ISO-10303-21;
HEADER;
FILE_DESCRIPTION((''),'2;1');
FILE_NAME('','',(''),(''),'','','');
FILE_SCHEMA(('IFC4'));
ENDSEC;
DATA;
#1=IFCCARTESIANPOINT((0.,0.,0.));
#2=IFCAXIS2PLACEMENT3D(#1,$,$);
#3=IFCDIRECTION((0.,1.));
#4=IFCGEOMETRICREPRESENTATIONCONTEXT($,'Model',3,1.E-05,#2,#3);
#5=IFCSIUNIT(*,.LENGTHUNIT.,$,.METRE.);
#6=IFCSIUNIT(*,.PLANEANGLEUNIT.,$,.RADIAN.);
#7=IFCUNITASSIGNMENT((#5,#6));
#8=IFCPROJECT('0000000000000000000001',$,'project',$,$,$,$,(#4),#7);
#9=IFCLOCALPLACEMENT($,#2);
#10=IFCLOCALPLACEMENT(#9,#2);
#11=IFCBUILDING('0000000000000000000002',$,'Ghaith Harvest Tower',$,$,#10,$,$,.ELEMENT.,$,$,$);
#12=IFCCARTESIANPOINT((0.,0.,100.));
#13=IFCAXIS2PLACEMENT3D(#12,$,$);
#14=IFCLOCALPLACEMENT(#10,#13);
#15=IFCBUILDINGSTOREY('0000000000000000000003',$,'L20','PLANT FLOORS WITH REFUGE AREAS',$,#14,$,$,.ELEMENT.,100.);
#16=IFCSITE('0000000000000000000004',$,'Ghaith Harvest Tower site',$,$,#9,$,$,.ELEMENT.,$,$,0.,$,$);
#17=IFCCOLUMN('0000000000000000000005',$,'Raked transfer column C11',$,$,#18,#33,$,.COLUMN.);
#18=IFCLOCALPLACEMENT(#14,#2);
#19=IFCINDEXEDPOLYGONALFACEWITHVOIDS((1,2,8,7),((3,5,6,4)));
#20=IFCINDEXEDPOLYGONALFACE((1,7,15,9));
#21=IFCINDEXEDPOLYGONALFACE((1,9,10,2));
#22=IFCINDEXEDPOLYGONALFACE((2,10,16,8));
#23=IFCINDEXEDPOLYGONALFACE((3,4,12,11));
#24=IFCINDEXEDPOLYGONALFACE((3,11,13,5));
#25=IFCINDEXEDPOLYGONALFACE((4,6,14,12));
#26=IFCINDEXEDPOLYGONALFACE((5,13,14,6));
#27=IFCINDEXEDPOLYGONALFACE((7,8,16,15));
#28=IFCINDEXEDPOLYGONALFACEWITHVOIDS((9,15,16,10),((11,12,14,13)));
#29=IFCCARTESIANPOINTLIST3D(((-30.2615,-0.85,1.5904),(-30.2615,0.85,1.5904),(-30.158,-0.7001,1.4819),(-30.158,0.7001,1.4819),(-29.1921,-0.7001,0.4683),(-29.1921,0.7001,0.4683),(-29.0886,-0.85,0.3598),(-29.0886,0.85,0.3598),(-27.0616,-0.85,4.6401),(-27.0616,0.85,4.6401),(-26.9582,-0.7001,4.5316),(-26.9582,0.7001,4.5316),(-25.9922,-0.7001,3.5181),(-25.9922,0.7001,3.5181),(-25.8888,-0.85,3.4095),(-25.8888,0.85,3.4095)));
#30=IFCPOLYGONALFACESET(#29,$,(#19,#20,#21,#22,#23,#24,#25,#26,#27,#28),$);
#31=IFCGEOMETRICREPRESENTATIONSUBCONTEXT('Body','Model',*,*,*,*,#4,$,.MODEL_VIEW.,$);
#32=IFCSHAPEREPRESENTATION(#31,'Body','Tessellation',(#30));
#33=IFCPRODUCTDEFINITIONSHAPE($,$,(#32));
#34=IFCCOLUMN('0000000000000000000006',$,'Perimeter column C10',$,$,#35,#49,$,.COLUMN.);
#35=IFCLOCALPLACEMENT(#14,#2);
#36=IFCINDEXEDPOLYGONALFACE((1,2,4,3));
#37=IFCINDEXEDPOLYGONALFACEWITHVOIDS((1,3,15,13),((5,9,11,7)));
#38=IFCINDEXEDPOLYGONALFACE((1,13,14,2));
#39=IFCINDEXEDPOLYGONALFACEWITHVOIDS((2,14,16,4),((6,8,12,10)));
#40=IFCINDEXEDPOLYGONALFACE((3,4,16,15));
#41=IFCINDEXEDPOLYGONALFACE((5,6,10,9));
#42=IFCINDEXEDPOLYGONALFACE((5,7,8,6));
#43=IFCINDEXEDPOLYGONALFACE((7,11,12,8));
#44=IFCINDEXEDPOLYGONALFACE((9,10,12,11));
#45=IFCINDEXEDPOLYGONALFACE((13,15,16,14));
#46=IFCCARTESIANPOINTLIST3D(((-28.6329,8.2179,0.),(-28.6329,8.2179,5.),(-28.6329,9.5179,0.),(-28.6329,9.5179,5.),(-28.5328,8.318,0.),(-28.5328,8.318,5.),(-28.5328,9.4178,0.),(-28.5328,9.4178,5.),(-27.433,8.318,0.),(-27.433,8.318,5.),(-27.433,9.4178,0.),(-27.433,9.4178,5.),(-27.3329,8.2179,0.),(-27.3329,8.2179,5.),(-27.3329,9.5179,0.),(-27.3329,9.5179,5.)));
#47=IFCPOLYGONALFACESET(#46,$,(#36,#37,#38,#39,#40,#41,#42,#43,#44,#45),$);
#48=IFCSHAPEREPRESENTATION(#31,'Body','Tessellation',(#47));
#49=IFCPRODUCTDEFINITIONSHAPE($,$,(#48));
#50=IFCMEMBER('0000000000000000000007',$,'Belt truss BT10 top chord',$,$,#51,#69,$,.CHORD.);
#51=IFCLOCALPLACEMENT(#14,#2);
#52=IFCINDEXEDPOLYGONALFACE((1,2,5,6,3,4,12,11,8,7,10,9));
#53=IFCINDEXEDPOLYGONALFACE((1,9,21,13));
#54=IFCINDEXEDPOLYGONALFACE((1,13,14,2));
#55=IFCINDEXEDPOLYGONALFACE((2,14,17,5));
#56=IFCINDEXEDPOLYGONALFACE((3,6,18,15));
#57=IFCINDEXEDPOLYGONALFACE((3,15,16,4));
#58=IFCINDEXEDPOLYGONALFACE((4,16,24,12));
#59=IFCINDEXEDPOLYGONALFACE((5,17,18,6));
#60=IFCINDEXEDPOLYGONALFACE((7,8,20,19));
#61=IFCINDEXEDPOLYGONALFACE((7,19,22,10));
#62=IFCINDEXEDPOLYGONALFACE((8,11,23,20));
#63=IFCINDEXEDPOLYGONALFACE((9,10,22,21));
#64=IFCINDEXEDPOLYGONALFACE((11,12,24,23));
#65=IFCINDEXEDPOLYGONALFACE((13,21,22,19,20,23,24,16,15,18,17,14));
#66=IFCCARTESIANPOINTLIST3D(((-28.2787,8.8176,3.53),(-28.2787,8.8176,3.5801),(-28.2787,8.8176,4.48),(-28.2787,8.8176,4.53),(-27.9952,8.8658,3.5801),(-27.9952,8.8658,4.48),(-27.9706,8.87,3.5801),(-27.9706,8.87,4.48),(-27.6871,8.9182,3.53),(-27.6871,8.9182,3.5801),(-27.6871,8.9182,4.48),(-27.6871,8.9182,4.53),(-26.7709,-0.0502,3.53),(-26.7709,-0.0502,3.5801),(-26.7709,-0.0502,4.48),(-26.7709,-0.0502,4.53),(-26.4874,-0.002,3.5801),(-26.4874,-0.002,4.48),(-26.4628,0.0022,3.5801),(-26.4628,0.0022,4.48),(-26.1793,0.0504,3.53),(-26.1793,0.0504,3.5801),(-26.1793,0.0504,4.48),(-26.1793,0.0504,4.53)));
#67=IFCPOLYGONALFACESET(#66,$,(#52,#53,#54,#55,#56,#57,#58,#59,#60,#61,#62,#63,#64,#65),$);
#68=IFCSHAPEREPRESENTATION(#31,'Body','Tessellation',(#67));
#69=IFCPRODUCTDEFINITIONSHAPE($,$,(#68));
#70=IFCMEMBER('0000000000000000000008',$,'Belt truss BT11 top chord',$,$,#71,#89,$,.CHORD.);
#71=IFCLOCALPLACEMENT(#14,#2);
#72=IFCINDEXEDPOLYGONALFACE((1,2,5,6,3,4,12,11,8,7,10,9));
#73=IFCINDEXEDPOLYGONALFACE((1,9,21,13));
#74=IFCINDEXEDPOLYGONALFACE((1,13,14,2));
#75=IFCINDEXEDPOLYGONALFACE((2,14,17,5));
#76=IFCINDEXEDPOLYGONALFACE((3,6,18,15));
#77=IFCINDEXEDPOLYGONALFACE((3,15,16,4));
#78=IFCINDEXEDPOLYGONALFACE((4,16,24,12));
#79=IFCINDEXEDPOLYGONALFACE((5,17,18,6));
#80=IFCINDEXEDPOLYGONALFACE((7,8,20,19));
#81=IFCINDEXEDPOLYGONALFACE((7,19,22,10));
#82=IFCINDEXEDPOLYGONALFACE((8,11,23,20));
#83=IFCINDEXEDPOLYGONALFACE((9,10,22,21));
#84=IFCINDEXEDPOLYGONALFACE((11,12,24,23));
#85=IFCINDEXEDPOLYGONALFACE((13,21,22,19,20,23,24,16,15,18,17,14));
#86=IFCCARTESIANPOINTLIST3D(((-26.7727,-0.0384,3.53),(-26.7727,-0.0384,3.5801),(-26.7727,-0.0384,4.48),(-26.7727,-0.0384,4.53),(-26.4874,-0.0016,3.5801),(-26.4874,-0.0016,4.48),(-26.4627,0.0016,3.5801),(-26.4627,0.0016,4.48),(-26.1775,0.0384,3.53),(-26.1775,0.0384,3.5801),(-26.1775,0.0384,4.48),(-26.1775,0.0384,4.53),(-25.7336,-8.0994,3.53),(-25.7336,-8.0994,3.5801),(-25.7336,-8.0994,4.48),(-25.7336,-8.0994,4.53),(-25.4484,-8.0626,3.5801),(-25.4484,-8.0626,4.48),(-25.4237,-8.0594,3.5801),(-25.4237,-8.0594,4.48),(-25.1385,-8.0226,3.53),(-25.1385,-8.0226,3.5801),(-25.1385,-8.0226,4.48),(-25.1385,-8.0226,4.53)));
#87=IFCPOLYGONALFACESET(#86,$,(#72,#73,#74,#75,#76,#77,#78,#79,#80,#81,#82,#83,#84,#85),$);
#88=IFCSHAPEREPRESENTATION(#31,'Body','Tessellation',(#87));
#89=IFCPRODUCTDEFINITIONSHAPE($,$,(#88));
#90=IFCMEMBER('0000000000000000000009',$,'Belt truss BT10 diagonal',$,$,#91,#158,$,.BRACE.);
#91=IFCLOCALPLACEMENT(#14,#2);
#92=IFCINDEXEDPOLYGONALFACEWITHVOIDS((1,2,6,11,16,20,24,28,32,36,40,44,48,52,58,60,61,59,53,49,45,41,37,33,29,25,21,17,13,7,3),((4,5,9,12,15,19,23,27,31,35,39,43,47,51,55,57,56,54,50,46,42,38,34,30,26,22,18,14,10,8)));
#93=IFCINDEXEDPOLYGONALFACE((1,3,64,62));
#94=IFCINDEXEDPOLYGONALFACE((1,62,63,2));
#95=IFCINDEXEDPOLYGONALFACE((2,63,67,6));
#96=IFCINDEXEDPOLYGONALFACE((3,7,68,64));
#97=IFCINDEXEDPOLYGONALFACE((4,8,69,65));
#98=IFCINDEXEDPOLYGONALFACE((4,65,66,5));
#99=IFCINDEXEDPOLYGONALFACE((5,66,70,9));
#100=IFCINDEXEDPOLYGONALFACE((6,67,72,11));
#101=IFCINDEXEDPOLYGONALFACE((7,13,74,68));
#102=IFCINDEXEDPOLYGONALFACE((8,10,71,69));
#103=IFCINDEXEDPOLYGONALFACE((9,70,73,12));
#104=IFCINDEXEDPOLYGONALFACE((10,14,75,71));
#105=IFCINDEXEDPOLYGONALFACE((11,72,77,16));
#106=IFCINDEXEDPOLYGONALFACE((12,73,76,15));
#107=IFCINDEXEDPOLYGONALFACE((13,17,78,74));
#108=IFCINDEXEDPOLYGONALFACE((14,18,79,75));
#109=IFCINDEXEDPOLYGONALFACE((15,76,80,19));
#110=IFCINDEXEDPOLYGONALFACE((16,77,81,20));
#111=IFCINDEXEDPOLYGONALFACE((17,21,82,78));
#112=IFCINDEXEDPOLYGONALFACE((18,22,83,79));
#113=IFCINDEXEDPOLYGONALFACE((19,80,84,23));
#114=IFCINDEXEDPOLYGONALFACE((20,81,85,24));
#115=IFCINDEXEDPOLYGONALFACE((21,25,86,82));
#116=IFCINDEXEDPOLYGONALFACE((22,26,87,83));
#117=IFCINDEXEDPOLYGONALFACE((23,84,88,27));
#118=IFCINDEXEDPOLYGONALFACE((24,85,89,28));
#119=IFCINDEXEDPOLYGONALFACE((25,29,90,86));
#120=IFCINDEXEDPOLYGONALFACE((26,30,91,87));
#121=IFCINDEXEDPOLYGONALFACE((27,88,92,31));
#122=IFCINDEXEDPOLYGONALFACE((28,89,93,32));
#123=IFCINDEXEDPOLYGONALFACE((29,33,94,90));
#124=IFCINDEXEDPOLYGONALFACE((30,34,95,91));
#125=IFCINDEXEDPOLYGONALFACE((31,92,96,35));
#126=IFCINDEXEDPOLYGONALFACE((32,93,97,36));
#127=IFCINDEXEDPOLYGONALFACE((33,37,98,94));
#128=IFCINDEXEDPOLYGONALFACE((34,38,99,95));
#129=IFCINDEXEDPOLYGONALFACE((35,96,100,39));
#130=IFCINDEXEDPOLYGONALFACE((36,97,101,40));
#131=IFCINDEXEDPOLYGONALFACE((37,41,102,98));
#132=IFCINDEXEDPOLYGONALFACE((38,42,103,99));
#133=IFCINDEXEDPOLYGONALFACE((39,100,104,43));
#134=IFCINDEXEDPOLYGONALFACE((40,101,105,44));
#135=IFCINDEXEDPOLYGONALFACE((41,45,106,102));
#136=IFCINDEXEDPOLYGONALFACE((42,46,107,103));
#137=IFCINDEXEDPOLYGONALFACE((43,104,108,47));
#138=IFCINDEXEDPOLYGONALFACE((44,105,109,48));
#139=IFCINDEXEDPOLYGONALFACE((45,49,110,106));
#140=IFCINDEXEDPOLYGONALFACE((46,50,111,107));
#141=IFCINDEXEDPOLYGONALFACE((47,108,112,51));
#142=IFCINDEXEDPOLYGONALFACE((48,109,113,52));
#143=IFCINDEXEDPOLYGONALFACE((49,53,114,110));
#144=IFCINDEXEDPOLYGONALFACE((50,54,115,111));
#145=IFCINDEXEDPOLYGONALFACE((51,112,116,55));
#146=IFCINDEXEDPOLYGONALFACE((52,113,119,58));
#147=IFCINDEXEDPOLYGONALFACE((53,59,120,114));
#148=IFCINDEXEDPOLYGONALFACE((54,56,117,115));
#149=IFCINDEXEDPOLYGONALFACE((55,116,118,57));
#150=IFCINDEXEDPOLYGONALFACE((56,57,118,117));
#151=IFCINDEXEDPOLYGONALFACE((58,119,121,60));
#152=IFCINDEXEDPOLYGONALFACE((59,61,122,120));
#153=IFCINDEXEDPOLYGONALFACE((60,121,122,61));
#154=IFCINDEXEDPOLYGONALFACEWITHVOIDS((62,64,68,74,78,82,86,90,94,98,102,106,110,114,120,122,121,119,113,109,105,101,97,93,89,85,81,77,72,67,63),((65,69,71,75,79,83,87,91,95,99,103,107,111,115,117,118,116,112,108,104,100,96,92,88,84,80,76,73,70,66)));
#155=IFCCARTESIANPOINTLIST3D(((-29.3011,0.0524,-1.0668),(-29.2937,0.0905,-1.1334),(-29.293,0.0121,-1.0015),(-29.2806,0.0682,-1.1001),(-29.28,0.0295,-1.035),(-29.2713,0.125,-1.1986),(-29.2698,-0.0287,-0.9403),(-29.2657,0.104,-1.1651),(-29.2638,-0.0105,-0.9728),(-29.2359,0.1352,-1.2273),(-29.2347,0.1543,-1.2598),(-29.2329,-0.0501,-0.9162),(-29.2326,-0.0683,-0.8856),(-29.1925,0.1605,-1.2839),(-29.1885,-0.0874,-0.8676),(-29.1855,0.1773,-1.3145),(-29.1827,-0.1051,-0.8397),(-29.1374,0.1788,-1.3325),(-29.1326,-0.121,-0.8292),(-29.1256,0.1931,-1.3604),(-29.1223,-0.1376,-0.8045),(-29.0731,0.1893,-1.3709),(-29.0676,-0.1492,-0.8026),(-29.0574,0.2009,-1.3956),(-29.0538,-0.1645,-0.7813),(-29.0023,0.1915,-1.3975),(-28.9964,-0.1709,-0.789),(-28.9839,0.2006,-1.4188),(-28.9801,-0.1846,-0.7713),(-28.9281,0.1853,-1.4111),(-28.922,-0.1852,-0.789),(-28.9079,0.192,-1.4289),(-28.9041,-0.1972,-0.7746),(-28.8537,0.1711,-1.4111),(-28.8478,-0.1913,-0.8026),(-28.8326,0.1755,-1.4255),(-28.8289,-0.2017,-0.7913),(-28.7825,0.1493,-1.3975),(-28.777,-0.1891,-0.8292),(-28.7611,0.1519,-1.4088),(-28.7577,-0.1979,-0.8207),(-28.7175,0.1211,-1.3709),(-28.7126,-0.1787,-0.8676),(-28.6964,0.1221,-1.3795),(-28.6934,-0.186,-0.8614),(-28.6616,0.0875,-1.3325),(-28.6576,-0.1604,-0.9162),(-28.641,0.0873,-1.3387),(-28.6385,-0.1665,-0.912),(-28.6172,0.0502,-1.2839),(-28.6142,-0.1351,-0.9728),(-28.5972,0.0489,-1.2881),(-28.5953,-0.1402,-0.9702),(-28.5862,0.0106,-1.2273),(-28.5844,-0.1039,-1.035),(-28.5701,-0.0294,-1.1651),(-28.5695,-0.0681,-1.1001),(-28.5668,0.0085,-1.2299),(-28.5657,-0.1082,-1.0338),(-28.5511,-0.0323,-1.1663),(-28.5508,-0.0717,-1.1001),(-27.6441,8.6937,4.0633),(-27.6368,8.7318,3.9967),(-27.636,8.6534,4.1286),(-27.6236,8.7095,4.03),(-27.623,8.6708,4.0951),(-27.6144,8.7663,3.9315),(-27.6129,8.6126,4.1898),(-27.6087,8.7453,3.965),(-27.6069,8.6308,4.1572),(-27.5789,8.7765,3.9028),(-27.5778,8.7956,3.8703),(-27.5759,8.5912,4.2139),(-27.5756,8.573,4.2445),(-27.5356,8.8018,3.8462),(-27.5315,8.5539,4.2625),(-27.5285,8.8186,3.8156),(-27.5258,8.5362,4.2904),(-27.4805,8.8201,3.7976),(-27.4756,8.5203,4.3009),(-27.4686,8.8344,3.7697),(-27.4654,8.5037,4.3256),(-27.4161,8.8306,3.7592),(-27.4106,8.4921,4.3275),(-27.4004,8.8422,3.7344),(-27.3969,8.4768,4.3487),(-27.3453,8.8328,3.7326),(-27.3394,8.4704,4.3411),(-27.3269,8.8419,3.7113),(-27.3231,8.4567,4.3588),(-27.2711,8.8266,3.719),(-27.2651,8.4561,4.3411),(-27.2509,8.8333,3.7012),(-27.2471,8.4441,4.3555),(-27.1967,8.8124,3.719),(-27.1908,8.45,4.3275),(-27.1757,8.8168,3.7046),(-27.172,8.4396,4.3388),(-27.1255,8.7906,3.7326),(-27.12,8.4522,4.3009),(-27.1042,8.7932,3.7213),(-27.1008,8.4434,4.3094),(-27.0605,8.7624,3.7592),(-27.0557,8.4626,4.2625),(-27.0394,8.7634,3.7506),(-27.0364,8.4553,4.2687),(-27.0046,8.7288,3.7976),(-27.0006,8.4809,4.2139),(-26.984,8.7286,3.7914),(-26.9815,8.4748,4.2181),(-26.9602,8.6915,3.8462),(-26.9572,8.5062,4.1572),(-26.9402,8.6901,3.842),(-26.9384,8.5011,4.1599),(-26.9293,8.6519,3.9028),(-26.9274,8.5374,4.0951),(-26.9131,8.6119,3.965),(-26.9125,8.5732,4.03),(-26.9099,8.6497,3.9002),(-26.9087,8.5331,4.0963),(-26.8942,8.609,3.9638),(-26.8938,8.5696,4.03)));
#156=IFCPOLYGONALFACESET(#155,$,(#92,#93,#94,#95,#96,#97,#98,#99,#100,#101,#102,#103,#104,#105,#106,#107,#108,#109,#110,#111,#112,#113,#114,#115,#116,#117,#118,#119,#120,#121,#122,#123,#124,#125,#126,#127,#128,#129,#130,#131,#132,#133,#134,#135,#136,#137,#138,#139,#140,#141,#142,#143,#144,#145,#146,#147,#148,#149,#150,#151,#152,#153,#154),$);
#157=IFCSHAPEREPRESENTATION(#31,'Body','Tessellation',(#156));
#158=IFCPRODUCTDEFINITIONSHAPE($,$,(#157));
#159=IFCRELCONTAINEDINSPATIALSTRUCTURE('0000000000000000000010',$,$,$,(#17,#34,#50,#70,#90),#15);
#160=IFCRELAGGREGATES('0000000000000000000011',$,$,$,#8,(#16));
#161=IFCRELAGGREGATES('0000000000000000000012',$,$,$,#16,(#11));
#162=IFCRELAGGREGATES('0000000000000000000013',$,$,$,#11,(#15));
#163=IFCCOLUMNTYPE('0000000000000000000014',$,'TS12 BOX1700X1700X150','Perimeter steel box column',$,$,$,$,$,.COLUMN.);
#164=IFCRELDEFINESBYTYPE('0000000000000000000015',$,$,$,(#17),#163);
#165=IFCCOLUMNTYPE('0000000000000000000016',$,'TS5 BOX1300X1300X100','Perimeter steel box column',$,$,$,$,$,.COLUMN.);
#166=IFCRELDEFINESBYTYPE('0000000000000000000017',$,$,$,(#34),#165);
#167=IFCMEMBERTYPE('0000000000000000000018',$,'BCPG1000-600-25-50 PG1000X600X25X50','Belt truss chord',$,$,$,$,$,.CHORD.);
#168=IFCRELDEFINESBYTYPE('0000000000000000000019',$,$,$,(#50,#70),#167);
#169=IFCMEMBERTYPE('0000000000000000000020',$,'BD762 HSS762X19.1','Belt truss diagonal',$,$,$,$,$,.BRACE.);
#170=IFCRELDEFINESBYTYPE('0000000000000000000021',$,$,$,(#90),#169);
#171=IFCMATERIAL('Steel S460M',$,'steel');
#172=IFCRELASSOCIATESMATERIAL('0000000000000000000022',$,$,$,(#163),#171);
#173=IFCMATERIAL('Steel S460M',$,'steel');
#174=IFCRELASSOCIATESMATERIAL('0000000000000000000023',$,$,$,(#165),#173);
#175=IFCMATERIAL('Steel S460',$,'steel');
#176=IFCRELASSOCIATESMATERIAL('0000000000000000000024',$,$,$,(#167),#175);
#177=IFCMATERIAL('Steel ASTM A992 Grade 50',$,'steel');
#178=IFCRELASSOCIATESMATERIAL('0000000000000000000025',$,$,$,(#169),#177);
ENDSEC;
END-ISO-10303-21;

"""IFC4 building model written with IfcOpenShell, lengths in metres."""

from ifc_helpers import new_model, si_unit, direction, frame, origin, origin_2d, place, context, subcontext, project, spatial, hollow_rectangle, hollow_circle, i_section, extrude, material, material_profile, profile_set, type_object, element, save


model = new_model("IFC4")

# Units and contexts
model_context = context("Model", 3, precision=1e-05, world=origin(), true_north=direction((0.0, 1.0)))
body_context = subcontext(model_context, "Body", "Model", "MODEL_VIEW")
ifc_project = project(units=[si_unit("LENGTHUNIT", "METRE"), si_unit("PLANEANGLEUNIT", "RADIAN")], contexts=[model_context])

# Site, building, storey
site_placement = place(None, origin())
site = spatial("IfcSite", under=ifc_project, at=site_placement, Name="Ghaith Harvest Tower site", CompositionType="ELEMENT", RefElevation=0.0)
building_placement = place(site_placement, origin())
building = spatial("IfcBuilding", under=site, at=building_placement, Name="Ghaith Harvest Tower", CompositionType="ELEMENT")
storey_placement = place(building_placement, frame((0.0, 0.0, 100.0)))
storey = spatial("IfcBuildingStorey", under=building, at=storey_placement, Name="L20", Description="PLANT FLOORS WITH REFUGE AREAS", CompositionType="ELEMENT", Elevation=100.0)

# Columns
ifc_material_1 = material(Name="Steel S460M", Category="steel")
ifc_material_profile_1 = material_profile(ifc_material_1, hollow_rectangle(XDim=1.7, YDim=1.7, WallThickness=0.1499, at=origin_2d()), Name="BOX1700X1700X150")
ifc_profile_set_1 = profile_set([ifc_material_profile_1], Name="Steel S460M")
column_type_1 = type_object("IfcColumnType", Name="TS12 BOX1700X1700X150", Description="Perimeter steel box column", PredefinedType="COLUMN", material=ifc_profile_set_1)
column_1_placement = place(storey_placement, frame((-29.675, 0.0, 0.9751), z_axis=(0.723886, 0.0, 0.68992), x_axis=(0.0, 1.0, 0.0)))
element("IfcColumn", 1, at=column_1_placement, inside=storey, type_object=column_type_1, Name="Raked transfer column C11", PredefinedType="COLUMN", context=body_context, shape_type="SweptSolid", body=[
    extrude(hollow_rectangle(XDim=1.7, YDim=1.7, WallThickness=0.1499, at=origin_2d()), origin(), (0.0, 0.0, 1.0), 4.4204),
])
ifc_material_2 = material(Name="Steel S460M", Category="steel")
ifc_material_profile_2 = material_profile(ifc_material_2, hollow_rectangle(XDim=1.3, YDim=1.3, WallThickness=0.1001, at=origin_2d()), Name="BOX1300X1300X100")
ifc_profile_set_2 = profile_set([ifc_material_profile_2], Name="Steel S460M")
column_type_2 = type_object("IfcColumnType", Name="TS5 BOX1300X1300X100", Description="Perimeter steel box column", PredefinedType="COLUMN", material=ifc_profile_set_2)
column_2_placement = place(storey_placement, frame((-27.9829, 8.8679, 0.0), z_axis=(0.0, 0.0, 1.0), x_axis=(1.0, 0.0, 0.0)))
element("IfcColumn", 2, at=column_2_placement, inside=storey, type_object=column_type_2, Name="Perimeter column C10", PredefinedType="COLUMN", context=body_context, shape_type="SweptSolid", body=[
    extrude(hollow_rectangle(XDim=1.3, YDim=1.3, WallThickness=0.1001, at=origin_2d()), origin(), (0.0, 0.0, 1.0), 5.0),
])

# Members
ifc_material_3 = material(Name="Steel S460", Category="steel")
ifc_material_profile_3 = material_profile(ifc_material_3, i_section(OverallWidth=0.6001, OverallDepth=1.0, WebThickness=0.0249, FlangeThickness=0.05, at=origin_2d()), Name="PG1000X600X25X50")
ifc_profile_set_3 = profile_set([ifc_material_profile_3], Name="Steel S460")
member_type_1 = type_object("IfcMemberType", Name="BCPG1000-600-25-50 PG1000X600X25X50", Description="Belt truss chord", PredefinedType="CHORD", material=ifc_profile_set_3)
member_1_placement = place(storey_placement, frame((-27.9829, 8.8679, 4.03), z_axis=(0.167624, -0.985851, 0.0), x_axis=(0.985851, 0.167624, 0.0)))
element("IfcMember", 3, at=member_1_placement, inside=storey, type_object=member_type_1, Name="Belt truss BT10 top chord", PredefinedType="CHORD", context=body_context, shape_type="SweptSolid", body=[
    extrude(i_section(OverallWidth=0.6001, OverallDepth=1.0, WebThickness=0.0249, FlangeThickness=0.05, at=origin_2d()), origin(), (0.0, 0.0, 1.0), 8.9951),
])
member_2_placement = place(storey_placement, frame((-26.4751, 0.0, 4.03), z_axis=(0.127842, -0.991795, 0.0), x_axis=(0.991795, 0.127842, 0.0)))
element("IfcMember", 4, at=member_2_placement, inside=storey, type_object=member_type_1, Name="Belt truss BT11 top chord", PredefinedType="CHORD", context=body_context, shape_type="SweptSolid", body=[
    extrude(i_section(OverallWidth=0.6001, OverallDepth=1.0, WebThickness=0.0249, FlangeThickness=0.05, at=origin_2d()), origin(), (0.0, 0.0, 1.0), 8.1277),
])
ifc_material_4 = material(Name="Steel ASTM A992 Grade 50", Category="steel")
ifc_material_profile_4 = material_profile(ifc_material_4, hollow_circle(Radius=0.3811, WallThickness=0.019, at=origin_2d()), Name="HSS762X19.1")
ifc_profile_set_4 = profile_set([ifc_material_profile_4], Name="Steel ASTM A992 Grade 50")
member_type_2 = type_object("IfcMemberType", Name="BD762 HSS762X19.1", Description="Belt truss diagonal", PredefinedType="BRACE", material=ifc_profile_set_4)
member_3_placement = place(storey_placement, frame((-27.2681, 8.6414, 4.03), z_axis=(-0.162686, -0.848429, -0.503688), x_axis=(0.982108, -0.188319, 0.0)))
element("IfcMember", 5, at=member_3_placement, inside=storey, type_object=member_type_2, Name="Belt truss BT10 diagonal", PredefinedType="BRACE", context=body_context, shape_type="SweptSolid", body=[
    extrude(hollow_circle(Radius=0.3811, WallThickness=0.019, at=origin_2d()), origin(), (0.0, 0.0, 1.0), 10.1851),
])

save(model, "model.ifc")
